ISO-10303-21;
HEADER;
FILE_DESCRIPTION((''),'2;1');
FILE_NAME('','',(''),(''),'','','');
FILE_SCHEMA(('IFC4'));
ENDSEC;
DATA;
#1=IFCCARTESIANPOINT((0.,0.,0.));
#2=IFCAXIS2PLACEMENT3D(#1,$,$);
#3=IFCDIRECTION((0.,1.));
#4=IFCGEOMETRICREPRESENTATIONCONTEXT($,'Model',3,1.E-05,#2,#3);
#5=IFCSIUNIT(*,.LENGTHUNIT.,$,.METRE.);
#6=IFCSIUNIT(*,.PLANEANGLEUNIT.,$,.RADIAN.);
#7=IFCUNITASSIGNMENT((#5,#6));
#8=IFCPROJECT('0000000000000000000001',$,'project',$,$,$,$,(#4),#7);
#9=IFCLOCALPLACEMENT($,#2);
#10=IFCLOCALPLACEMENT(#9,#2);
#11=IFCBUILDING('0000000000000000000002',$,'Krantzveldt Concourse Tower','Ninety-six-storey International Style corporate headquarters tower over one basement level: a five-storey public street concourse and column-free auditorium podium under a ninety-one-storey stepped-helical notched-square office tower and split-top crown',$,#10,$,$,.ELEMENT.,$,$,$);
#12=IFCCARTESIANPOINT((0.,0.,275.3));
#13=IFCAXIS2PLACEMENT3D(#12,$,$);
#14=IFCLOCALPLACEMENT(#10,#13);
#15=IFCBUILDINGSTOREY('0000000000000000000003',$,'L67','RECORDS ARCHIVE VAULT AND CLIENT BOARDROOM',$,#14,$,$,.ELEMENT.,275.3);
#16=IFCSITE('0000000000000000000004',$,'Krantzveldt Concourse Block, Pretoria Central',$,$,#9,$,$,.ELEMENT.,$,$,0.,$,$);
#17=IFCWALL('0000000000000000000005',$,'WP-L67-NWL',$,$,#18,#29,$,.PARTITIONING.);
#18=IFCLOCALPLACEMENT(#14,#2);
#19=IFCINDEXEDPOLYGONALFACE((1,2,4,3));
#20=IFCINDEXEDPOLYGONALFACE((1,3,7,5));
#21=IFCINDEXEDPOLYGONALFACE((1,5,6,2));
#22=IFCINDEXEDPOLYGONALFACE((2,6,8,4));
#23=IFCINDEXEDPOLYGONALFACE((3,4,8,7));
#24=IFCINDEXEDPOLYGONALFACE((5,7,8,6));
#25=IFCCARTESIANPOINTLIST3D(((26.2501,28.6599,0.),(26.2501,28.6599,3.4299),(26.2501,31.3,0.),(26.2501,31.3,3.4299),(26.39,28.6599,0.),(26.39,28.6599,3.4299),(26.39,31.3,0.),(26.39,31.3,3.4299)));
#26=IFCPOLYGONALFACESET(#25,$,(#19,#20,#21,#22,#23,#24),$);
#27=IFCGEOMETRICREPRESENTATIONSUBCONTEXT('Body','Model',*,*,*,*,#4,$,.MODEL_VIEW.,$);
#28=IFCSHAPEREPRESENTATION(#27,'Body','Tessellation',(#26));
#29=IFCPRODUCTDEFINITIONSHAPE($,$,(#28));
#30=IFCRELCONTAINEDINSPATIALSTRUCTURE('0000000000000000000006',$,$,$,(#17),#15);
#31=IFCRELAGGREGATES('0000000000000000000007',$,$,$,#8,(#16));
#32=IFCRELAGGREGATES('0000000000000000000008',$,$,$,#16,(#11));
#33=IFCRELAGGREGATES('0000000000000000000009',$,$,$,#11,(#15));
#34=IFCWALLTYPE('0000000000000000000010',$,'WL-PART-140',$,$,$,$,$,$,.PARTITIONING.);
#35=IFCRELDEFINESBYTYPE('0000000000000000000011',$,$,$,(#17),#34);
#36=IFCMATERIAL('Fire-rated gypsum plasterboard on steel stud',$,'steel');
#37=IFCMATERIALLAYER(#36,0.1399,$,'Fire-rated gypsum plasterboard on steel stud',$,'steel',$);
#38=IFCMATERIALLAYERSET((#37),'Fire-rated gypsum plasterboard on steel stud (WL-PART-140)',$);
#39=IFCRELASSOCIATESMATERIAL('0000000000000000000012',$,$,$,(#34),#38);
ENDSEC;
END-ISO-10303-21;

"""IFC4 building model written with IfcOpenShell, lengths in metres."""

from ifc_helpers import new_model, si_unit, direction, frame, frame_2d, origin, place, context, subcontext, project, spatial, rectangle, extrude, material, layer, layer_set, type_object, element, save


model = new_model("IFC4")

# Units and contexts
model_context = context("Model", 3, precision=1e-05, world=origin(), true_north=direction((0.0, 1.0)))
body_context = subcontext(model_context, "Body", "Model", "MODEL_VIEW")
ifc_project = project(units=[si_unit("LENGTHUNIT", "METRE"), si_unit("PLANEANGLEUNIT", "RADIAN")], contexts=[model_context])

# Site, building, storey
site_placement = place(None, origin())
site = spatial("IfcSite", under=ifc_project, at=site_placement, Name="Krantzveldt Concourse Block, Pretoria Central", CompositionType="ELEMENT", RefElevation=0.0)
building_placement = place(site_placement, origin())
building = spatial("IfcBuilding", under=site, at=building_placement, Name="Krantzveldt Concourse Tower", Description="Ninety-six-storey International Style corporate headquarters tower over one basement level: a five-storey public street concourse and column-free auditorium podium under a ninety-one-storey stepped-helical notched-square office tower and split-top crown", CompositionType="ELEMENT")
storey_placement = place(building_placement, frame((0.0, 0.0, 275.3)))
storey = spatial("IfcBuildingStorey", under=building, at=storey_placement, Name="L67", Description="RECORDS ARCHIVE VAULT AND CLIENT BOARDROOM", CompositionType="ELEMENT", Elevation=275.3)

# Shared definitions
ifc_material_1 = material(Name="Fire-rated gypsum plasterboard on steel stud", Category="steel")

# Shared definitions
ifc_layer_1 = layer(ifc_material_1, 0.1399, Name="Fire-rated gypsum plasterboard on steel stud", Category="steel")
ifc_layer_set_1 = layer_set([ifc_layer_1], Name="Fire-rated gypsum plasterboard on steel stud (WL-PART-140)")
wall_type_1 = type_object("IfcWallType", Name="WL-PART-140", PredefinedType="PARTITIONING", material=ifc_layer_set_1)

# Wall
wall_1_placement = place(storey_placement, frame((26.3201, 28.6599, 0.0), z_axis=(0.0, 0.0, 1.0), x_axis=(0.0, 1.0, 0.0)))
element("IfcWall", 1, at=wall_1_placement, inside=storey, type_object=wall_type_1, Name="WP-L67-NWL", PredefinedType="PARTITIONING", context=body_context, shape_type="SweptSolid", body=[
    extrude(rectangle(XDim=2.6401, YDim=0.1399, at=frame_2d((1.3201, 0.0))), origin(), (0.0, 0.0, 1.0), 3.4299),
])

save(model, "model.ifc")
